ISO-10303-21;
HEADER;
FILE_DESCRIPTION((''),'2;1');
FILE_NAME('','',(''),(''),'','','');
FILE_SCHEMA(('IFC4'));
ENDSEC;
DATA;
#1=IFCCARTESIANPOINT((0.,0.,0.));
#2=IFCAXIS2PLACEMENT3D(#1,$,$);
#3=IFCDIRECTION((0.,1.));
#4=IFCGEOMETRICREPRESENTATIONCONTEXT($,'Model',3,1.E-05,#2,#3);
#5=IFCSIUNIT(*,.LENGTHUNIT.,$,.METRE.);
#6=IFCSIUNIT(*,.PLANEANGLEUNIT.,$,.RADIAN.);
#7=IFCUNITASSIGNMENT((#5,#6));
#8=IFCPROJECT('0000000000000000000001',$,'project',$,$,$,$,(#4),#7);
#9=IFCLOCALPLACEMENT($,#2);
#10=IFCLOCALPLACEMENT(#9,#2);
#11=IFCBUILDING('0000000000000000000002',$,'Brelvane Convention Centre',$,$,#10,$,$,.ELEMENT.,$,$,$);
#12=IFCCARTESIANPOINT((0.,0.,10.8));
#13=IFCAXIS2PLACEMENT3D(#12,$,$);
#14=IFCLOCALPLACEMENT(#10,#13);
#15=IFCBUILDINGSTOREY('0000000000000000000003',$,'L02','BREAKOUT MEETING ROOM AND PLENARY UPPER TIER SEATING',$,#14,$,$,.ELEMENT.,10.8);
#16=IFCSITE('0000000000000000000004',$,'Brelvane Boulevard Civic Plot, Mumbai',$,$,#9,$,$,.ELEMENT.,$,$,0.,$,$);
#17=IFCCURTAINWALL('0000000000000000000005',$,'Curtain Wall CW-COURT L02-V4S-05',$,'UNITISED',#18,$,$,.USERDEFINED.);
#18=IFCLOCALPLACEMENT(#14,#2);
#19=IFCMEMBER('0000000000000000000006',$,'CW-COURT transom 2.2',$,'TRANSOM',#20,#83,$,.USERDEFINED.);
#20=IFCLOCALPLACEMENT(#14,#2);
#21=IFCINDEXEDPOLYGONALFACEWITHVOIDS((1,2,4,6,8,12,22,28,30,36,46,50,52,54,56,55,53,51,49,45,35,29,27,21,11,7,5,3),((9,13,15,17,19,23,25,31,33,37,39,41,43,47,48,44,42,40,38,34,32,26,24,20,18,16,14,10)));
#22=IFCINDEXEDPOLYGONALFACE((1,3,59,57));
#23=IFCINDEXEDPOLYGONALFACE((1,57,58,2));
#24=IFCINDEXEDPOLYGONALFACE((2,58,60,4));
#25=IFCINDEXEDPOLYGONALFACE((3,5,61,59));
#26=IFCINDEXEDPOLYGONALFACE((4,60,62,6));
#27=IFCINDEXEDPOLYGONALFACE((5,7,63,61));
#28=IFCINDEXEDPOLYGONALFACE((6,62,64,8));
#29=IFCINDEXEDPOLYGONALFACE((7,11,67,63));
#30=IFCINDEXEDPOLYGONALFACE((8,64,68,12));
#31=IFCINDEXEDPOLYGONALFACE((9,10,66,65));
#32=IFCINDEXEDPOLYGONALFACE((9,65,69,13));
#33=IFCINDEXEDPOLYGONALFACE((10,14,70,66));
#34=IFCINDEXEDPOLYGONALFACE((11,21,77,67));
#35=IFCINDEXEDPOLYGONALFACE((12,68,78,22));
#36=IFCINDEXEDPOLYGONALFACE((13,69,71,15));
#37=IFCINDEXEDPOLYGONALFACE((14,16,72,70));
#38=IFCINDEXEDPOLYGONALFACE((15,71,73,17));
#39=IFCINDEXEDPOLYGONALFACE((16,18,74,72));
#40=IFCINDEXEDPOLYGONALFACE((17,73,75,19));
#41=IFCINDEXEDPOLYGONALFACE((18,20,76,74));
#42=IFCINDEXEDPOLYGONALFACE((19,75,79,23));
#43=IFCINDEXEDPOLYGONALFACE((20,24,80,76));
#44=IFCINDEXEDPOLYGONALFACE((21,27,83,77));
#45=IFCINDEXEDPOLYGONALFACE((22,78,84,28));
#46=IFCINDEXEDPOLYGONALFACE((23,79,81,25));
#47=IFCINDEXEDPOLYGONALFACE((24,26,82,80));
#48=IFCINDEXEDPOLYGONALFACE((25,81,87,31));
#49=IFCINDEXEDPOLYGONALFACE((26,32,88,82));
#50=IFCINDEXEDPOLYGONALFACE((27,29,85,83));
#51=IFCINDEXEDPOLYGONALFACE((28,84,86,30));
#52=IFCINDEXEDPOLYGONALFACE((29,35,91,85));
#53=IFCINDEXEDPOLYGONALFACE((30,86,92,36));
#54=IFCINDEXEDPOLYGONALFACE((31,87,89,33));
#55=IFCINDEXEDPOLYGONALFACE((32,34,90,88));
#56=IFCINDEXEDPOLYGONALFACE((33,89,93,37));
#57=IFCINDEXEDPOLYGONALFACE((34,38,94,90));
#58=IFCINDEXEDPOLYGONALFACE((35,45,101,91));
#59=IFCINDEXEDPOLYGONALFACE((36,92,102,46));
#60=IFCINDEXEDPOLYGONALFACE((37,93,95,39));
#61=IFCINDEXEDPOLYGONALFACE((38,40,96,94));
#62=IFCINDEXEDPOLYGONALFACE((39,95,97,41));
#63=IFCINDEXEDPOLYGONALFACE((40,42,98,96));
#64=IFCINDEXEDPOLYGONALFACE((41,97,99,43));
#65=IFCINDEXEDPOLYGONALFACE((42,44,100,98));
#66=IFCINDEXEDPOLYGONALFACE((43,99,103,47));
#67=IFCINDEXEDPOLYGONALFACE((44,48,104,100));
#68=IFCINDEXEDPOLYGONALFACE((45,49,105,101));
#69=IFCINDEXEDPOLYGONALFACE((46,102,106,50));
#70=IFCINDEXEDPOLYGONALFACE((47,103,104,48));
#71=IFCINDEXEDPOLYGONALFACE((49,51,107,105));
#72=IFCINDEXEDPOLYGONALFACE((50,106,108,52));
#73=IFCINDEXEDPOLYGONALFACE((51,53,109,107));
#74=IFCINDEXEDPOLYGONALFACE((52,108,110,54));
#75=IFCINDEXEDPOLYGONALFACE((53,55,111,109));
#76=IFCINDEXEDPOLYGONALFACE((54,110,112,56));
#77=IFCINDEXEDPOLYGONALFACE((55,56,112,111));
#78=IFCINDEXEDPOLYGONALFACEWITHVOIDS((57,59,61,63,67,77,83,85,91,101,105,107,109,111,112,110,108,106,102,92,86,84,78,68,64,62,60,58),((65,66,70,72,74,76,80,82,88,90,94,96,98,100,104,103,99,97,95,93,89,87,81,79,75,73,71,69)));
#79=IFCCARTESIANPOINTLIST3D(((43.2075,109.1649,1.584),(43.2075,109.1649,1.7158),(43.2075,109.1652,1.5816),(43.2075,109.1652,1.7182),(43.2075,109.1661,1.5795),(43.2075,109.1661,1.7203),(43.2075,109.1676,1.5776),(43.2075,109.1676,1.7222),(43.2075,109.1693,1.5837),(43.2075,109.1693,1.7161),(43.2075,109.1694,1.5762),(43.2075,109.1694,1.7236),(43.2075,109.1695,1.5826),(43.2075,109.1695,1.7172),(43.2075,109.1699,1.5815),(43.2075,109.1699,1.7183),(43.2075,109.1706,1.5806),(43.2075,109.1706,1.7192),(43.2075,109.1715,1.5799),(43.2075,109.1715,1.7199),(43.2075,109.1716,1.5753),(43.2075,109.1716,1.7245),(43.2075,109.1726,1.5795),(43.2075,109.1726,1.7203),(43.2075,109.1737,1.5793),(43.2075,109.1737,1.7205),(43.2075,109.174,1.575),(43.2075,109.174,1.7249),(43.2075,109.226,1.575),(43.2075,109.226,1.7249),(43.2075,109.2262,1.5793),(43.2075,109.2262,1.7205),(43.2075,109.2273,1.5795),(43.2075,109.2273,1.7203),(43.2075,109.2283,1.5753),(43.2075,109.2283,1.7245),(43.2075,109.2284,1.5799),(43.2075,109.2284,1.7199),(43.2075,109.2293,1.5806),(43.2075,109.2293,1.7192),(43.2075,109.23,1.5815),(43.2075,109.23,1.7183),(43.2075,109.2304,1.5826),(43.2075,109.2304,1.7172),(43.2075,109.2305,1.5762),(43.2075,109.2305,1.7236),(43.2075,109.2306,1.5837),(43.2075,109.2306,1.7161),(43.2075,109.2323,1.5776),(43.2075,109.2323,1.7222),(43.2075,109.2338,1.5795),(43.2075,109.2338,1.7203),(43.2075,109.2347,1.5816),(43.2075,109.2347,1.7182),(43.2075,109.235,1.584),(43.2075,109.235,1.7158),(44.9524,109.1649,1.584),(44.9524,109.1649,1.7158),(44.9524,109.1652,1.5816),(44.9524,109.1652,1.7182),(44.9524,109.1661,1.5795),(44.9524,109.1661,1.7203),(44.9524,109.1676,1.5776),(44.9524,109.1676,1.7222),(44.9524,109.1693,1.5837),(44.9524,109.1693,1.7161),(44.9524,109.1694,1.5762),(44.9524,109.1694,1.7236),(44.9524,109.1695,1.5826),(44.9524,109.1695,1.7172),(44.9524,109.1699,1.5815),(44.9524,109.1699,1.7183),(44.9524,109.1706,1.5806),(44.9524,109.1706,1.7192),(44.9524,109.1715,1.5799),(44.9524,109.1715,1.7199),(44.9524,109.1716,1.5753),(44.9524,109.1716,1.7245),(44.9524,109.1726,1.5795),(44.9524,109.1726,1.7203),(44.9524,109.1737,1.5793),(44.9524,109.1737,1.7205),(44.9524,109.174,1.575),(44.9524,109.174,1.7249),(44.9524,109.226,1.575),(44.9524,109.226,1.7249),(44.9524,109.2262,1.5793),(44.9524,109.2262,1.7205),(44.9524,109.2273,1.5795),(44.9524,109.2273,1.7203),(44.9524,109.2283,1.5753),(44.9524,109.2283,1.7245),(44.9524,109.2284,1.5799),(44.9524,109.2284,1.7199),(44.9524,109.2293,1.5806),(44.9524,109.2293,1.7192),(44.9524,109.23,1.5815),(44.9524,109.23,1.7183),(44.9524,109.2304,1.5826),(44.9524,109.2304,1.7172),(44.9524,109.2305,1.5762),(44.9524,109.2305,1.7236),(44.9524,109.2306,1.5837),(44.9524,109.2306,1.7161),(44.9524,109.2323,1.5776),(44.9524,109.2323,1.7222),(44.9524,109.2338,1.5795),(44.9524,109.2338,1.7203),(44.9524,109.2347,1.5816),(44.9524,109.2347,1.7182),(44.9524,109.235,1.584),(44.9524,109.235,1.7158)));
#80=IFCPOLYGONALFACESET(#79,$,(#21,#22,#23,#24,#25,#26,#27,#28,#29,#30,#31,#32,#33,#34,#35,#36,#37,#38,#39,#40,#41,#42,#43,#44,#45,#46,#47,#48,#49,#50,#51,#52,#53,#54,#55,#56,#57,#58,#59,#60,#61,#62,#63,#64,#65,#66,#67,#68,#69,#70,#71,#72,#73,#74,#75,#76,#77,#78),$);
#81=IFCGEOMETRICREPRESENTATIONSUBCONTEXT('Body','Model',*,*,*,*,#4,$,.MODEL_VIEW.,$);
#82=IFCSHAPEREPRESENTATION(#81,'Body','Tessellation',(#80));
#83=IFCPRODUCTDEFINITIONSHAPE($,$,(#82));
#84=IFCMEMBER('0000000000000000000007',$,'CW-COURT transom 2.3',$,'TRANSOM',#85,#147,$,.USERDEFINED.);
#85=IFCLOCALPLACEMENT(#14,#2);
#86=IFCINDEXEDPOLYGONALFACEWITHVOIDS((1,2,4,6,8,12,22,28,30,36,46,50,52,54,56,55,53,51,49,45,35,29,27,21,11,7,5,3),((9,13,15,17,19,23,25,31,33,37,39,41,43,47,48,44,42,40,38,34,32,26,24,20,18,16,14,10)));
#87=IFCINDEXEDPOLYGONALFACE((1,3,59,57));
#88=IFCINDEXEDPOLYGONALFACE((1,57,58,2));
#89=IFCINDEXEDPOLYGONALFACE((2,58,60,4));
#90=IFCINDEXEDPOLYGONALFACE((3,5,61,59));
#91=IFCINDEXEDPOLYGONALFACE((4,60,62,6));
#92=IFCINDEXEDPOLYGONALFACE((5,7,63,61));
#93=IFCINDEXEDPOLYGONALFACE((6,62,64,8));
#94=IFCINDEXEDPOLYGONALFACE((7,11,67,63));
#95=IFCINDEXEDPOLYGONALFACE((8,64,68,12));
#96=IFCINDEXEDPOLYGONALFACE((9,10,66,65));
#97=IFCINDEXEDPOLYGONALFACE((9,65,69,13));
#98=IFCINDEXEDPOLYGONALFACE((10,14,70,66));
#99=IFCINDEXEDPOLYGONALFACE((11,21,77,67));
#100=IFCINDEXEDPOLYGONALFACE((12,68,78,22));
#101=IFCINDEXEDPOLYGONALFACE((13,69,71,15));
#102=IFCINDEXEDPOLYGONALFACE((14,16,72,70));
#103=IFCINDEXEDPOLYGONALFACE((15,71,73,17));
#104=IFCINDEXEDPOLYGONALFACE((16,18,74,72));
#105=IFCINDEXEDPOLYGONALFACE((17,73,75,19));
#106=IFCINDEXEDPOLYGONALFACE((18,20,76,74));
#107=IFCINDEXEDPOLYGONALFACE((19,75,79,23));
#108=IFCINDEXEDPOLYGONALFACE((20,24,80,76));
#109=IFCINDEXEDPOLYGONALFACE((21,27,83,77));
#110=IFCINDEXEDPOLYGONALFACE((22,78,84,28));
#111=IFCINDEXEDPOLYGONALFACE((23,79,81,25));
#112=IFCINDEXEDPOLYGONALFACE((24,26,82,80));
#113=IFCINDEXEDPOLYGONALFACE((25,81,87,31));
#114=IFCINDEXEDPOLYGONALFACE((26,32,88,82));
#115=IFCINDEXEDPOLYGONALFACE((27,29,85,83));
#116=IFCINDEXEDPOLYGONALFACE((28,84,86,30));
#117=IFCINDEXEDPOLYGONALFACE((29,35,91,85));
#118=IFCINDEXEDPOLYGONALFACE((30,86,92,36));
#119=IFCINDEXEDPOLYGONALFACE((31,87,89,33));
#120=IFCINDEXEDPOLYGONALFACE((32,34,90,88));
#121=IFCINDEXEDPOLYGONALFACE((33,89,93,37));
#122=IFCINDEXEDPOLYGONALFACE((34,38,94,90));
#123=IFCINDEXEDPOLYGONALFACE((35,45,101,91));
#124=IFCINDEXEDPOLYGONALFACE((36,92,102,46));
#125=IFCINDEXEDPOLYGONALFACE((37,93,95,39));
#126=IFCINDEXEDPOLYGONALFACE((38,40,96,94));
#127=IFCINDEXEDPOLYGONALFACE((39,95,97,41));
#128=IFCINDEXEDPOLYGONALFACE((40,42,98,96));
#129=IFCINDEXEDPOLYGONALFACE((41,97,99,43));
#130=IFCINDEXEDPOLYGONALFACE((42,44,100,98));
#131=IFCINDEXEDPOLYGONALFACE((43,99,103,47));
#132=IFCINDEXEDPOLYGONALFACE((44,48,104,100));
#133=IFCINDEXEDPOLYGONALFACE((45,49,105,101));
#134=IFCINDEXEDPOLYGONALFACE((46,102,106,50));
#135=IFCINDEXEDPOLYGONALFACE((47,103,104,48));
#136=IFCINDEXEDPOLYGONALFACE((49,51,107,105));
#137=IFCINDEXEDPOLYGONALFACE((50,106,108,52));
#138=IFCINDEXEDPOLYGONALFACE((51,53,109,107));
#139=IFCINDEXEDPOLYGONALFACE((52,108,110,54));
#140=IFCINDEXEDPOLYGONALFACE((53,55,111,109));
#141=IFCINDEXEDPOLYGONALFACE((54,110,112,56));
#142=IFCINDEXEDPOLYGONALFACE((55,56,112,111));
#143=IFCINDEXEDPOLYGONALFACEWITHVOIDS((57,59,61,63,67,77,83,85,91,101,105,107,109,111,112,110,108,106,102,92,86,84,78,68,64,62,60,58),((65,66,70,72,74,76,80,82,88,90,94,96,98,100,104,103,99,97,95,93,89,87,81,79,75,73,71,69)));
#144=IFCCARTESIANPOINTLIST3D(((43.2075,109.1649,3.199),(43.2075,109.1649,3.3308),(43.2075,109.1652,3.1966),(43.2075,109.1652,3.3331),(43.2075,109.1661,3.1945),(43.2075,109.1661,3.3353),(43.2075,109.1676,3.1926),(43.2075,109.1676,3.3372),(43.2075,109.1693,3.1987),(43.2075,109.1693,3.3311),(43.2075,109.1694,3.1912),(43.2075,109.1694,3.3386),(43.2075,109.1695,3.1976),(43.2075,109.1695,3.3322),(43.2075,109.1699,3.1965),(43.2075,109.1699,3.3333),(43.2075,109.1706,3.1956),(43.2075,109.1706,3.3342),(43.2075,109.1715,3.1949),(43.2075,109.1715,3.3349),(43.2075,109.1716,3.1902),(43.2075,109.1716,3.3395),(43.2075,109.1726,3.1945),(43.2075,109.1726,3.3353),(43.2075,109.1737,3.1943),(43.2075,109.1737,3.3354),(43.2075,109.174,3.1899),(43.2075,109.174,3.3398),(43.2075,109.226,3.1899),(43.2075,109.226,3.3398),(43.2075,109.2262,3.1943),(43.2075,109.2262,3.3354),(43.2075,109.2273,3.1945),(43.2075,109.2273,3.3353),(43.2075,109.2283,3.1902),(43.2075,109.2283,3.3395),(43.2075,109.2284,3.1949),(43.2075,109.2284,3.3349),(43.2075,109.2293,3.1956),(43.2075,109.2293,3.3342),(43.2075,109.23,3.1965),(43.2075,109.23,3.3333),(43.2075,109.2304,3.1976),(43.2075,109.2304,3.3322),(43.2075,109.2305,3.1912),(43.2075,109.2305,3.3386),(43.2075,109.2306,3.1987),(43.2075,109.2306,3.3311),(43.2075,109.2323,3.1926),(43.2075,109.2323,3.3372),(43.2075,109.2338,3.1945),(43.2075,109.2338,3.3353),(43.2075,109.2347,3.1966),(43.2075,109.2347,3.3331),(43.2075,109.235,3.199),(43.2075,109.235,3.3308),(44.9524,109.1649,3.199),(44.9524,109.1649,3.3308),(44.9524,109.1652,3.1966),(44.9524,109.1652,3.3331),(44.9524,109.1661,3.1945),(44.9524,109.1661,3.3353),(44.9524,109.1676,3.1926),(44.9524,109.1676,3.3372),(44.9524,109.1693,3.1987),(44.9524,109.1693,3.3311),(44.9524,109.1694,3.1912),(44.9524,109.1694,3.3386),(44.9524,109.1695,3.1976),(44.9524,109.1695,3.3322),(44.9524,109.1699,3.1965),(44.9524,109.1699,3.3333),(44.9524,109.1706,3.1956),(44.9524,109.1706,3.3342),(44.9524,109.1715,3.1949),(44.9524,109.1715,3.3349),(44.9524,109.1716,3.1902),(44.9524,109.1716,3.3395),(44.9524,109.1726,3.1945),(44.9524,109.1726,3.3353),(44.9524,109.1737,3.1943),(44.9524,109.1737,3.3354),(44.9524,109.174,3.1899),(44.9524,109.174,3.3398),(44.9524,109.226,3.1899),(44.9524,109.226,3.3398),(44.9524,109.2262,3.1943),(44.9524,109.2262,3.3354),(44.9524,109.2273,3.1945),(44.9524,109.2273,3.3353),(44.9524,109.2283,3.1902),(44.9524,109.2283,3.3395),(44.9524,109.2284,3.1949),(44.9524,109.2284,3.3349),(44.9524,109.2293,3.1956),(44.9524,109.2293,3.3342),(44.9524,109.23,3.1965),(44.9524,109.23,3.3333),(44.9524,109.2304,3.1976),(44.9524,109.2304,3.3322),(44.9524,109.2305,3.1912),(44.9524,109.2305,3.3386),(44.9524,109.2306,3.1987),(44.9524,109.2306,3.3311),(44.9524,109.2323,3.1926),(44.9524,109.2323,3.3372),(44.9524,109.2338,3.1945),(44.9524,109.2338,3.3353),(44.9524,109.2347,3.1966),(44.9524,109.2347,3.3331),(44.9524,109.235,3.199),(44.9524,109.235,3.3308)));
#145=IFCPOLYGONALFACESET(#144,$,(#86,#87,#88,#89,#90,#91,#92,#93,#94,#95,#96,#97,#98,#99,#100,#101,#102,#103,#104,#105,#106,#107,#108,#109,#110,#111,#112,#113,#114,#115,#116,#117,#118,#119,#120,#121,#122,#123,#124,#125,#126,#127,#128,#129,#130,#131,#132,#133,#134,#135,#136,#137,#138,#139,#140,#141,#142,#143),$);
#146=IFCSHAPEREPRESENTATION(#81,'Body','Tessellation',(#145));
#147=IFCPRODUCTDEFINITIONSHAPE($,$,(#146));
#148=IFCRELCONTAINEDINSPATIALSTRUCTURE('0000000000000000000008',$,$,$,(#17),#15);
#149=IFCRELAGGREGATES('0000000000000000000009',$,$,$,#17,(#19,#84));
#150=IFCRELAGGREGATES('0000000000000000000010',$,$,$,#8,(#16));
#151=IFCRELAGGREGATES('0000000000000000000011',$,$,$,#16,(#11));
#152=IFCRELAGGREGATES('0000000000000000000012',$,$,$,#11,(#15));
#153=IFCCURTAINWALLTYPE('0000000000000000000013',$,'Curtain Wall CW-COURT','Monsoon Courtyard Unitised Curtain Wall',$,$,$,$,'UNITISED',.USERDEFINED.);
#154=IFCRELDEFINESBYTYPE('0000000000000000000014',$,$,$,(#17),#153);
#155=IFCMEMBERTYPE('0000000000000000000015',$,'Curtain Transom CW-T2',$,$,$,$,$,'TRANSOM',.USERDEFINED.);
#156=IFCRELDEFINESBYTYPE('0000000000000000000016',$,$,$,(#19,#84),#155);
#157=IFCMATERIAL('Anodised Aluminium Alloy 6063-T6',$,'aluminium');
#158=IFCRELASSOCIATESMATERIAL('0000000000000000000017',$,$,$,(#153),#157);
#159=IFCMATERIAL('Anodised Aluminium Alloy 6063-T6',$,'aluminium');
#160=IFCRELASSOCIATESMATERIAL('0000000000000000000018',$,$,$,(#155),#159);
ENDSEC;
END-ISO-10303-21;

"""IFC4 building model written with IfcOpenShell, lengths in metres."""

from ifc_helpers import new_model, si_unit, direction, frame, origin, origin_2d, place, context, subcontext, project, spatial, hollow_rectangle, extrude, material, material_profile, profile_set, type_object, element, aggregate, save


model = new_model("IFC4")

# Units and contexts
model_context = context("Model", 3, precision=1e-05, world=origin(), true_north=direction((0.0, 1.0)))
body_context = subcontext(model_context, "Body", "Model", "MODEL_VIEW")
ifc_project = project(units=[si_unit("LENGTHUNIT", "METRE"), si_unit("PLANEANGLEUNIT", "RADIAN")], contexts=[model_context])

# Site, building, storey
site_placement = place(None, origin())
site = spatial("IfcSite", under=ifc_project, at=site_placement, Name="Brelvane Boulevard Civic Plot, Mumbai", CompositionType="ELEMENT", RefElevation=0.0)
building_placement = place(site_placement, origin())
building = spatial("IfcBuilding", under=site, at=building_placement, Name="Brelvane Convention Centre", CompositionType="ELEMENT")
storey_placement = place(building_placement, frame((0.0, 0.0, 10.8)))
storey = spatial("IfcBuildingStorey", under=building, at=storey_placement, Name="L02", Description="BREAKOUT MEETING ROOM AND PLENARY UPPER TIER SEATING", CompositionType="ELEMENT", Elevation=10.8)

# Curtain wall, members
ifc_material_1 = material(Name="Anodised Aluminium Alloy 6063-T6", Category="aluminium")
curtain_wall_type = type_object("IfcCurtainWallType", Name="Curtain Wall CW-COURT", Description="Monsoon Courtyard Unitised Curtain Wall", ElementType="UNITISED", PredefinedType="USERDEFINED", material=ifc_material_1)
curtain_wall_placement = place(storey_placement, origin())
curtain_wall = element("IfcCurtainWall", 1, at=curtain_wall_placement, inside=storey, type_object=curtain_wall_type, Name="Curtain Wall CW-COURT L02-V4S-05", ObjectType="UNITISED", PredefinedType="USERDEFINED")
ifc_material_2 = material(Name="Anodised Aluminium Alloy 6063-T6", Category="aluminium")
ifc_material_profile_1 = material_profile(ifc_material_2, hollow_rectangle(XDim=0.0701, YDim=0.1499, WallThickness=0.0044, InnerFilletRadius=0.0044, OuterFilletRadius=0.009, at=origin_2d()), Name="ALU-T 150x70x4.5")
ifc_profile_set_1 = profile_set([ifc_material_profile_1], Name="Anodised Aluminium Alloy 6063-T6")
member_type_1 = type_object("IfcMemberType", Name="Curtain Transom CW-T2", ElementType="TRANSOM", PredefinedType="USERDEFINED", material=ifc_profile_set_1)
member_1_placement = place(storey_placement, frame((43.2075, 109.2, 1.6499), z_axis=(1.0, 0.0, 0.0), x_axis=(0.0, 1.0, 0.0)))
member_1 = element("IfcMember", 2, at=member_1_placement, type_object=member_type_1, Name="CW-COURT transom 2.2", ObjectType="TRANSOM", PredefinedType="USERDEFINED", context=body_context, shape_type="SweptSolid", body=[
    extrude(hollow_rectangle(XDim=0.0701, YDim=0.1499, WallThickness=0.0044, InnerFilletRadius=0.0044, OuterFilletRadius=0.009, at=origin_2d()), origin(), (0.0, 0.0, 1.0), 1.7449),
])
member_2_placement = place(storey_placement, frame((43.2075, 109.2, 3.2649), z_axis=(1.0, 0.0, 0.0), x_axis=(0.0, 1.0, 0.0)))
member_2 = element("IfcMember", 3, at=member_2_placement, type_object=member_type_1, Name="CW-COURT transom 2.3", ObjectType="TRANSOM", PredefinedType="USERDEFINED", context=body_context, shape_type="SweptSolid", body=[
    extrude(hollow_rectangle(XDim=0.0701, YDim=0.1499, WallThickness=0.0044, InnerFilletRadius=0.0044, OuterFilletRadius=0.009, at=origin_2d()), origin(), (0.0, 0.0, 1.0), 1.7449),
])

aggregate(curtain_wall, [member_1, member_2])

save(model, "model.ifc")
